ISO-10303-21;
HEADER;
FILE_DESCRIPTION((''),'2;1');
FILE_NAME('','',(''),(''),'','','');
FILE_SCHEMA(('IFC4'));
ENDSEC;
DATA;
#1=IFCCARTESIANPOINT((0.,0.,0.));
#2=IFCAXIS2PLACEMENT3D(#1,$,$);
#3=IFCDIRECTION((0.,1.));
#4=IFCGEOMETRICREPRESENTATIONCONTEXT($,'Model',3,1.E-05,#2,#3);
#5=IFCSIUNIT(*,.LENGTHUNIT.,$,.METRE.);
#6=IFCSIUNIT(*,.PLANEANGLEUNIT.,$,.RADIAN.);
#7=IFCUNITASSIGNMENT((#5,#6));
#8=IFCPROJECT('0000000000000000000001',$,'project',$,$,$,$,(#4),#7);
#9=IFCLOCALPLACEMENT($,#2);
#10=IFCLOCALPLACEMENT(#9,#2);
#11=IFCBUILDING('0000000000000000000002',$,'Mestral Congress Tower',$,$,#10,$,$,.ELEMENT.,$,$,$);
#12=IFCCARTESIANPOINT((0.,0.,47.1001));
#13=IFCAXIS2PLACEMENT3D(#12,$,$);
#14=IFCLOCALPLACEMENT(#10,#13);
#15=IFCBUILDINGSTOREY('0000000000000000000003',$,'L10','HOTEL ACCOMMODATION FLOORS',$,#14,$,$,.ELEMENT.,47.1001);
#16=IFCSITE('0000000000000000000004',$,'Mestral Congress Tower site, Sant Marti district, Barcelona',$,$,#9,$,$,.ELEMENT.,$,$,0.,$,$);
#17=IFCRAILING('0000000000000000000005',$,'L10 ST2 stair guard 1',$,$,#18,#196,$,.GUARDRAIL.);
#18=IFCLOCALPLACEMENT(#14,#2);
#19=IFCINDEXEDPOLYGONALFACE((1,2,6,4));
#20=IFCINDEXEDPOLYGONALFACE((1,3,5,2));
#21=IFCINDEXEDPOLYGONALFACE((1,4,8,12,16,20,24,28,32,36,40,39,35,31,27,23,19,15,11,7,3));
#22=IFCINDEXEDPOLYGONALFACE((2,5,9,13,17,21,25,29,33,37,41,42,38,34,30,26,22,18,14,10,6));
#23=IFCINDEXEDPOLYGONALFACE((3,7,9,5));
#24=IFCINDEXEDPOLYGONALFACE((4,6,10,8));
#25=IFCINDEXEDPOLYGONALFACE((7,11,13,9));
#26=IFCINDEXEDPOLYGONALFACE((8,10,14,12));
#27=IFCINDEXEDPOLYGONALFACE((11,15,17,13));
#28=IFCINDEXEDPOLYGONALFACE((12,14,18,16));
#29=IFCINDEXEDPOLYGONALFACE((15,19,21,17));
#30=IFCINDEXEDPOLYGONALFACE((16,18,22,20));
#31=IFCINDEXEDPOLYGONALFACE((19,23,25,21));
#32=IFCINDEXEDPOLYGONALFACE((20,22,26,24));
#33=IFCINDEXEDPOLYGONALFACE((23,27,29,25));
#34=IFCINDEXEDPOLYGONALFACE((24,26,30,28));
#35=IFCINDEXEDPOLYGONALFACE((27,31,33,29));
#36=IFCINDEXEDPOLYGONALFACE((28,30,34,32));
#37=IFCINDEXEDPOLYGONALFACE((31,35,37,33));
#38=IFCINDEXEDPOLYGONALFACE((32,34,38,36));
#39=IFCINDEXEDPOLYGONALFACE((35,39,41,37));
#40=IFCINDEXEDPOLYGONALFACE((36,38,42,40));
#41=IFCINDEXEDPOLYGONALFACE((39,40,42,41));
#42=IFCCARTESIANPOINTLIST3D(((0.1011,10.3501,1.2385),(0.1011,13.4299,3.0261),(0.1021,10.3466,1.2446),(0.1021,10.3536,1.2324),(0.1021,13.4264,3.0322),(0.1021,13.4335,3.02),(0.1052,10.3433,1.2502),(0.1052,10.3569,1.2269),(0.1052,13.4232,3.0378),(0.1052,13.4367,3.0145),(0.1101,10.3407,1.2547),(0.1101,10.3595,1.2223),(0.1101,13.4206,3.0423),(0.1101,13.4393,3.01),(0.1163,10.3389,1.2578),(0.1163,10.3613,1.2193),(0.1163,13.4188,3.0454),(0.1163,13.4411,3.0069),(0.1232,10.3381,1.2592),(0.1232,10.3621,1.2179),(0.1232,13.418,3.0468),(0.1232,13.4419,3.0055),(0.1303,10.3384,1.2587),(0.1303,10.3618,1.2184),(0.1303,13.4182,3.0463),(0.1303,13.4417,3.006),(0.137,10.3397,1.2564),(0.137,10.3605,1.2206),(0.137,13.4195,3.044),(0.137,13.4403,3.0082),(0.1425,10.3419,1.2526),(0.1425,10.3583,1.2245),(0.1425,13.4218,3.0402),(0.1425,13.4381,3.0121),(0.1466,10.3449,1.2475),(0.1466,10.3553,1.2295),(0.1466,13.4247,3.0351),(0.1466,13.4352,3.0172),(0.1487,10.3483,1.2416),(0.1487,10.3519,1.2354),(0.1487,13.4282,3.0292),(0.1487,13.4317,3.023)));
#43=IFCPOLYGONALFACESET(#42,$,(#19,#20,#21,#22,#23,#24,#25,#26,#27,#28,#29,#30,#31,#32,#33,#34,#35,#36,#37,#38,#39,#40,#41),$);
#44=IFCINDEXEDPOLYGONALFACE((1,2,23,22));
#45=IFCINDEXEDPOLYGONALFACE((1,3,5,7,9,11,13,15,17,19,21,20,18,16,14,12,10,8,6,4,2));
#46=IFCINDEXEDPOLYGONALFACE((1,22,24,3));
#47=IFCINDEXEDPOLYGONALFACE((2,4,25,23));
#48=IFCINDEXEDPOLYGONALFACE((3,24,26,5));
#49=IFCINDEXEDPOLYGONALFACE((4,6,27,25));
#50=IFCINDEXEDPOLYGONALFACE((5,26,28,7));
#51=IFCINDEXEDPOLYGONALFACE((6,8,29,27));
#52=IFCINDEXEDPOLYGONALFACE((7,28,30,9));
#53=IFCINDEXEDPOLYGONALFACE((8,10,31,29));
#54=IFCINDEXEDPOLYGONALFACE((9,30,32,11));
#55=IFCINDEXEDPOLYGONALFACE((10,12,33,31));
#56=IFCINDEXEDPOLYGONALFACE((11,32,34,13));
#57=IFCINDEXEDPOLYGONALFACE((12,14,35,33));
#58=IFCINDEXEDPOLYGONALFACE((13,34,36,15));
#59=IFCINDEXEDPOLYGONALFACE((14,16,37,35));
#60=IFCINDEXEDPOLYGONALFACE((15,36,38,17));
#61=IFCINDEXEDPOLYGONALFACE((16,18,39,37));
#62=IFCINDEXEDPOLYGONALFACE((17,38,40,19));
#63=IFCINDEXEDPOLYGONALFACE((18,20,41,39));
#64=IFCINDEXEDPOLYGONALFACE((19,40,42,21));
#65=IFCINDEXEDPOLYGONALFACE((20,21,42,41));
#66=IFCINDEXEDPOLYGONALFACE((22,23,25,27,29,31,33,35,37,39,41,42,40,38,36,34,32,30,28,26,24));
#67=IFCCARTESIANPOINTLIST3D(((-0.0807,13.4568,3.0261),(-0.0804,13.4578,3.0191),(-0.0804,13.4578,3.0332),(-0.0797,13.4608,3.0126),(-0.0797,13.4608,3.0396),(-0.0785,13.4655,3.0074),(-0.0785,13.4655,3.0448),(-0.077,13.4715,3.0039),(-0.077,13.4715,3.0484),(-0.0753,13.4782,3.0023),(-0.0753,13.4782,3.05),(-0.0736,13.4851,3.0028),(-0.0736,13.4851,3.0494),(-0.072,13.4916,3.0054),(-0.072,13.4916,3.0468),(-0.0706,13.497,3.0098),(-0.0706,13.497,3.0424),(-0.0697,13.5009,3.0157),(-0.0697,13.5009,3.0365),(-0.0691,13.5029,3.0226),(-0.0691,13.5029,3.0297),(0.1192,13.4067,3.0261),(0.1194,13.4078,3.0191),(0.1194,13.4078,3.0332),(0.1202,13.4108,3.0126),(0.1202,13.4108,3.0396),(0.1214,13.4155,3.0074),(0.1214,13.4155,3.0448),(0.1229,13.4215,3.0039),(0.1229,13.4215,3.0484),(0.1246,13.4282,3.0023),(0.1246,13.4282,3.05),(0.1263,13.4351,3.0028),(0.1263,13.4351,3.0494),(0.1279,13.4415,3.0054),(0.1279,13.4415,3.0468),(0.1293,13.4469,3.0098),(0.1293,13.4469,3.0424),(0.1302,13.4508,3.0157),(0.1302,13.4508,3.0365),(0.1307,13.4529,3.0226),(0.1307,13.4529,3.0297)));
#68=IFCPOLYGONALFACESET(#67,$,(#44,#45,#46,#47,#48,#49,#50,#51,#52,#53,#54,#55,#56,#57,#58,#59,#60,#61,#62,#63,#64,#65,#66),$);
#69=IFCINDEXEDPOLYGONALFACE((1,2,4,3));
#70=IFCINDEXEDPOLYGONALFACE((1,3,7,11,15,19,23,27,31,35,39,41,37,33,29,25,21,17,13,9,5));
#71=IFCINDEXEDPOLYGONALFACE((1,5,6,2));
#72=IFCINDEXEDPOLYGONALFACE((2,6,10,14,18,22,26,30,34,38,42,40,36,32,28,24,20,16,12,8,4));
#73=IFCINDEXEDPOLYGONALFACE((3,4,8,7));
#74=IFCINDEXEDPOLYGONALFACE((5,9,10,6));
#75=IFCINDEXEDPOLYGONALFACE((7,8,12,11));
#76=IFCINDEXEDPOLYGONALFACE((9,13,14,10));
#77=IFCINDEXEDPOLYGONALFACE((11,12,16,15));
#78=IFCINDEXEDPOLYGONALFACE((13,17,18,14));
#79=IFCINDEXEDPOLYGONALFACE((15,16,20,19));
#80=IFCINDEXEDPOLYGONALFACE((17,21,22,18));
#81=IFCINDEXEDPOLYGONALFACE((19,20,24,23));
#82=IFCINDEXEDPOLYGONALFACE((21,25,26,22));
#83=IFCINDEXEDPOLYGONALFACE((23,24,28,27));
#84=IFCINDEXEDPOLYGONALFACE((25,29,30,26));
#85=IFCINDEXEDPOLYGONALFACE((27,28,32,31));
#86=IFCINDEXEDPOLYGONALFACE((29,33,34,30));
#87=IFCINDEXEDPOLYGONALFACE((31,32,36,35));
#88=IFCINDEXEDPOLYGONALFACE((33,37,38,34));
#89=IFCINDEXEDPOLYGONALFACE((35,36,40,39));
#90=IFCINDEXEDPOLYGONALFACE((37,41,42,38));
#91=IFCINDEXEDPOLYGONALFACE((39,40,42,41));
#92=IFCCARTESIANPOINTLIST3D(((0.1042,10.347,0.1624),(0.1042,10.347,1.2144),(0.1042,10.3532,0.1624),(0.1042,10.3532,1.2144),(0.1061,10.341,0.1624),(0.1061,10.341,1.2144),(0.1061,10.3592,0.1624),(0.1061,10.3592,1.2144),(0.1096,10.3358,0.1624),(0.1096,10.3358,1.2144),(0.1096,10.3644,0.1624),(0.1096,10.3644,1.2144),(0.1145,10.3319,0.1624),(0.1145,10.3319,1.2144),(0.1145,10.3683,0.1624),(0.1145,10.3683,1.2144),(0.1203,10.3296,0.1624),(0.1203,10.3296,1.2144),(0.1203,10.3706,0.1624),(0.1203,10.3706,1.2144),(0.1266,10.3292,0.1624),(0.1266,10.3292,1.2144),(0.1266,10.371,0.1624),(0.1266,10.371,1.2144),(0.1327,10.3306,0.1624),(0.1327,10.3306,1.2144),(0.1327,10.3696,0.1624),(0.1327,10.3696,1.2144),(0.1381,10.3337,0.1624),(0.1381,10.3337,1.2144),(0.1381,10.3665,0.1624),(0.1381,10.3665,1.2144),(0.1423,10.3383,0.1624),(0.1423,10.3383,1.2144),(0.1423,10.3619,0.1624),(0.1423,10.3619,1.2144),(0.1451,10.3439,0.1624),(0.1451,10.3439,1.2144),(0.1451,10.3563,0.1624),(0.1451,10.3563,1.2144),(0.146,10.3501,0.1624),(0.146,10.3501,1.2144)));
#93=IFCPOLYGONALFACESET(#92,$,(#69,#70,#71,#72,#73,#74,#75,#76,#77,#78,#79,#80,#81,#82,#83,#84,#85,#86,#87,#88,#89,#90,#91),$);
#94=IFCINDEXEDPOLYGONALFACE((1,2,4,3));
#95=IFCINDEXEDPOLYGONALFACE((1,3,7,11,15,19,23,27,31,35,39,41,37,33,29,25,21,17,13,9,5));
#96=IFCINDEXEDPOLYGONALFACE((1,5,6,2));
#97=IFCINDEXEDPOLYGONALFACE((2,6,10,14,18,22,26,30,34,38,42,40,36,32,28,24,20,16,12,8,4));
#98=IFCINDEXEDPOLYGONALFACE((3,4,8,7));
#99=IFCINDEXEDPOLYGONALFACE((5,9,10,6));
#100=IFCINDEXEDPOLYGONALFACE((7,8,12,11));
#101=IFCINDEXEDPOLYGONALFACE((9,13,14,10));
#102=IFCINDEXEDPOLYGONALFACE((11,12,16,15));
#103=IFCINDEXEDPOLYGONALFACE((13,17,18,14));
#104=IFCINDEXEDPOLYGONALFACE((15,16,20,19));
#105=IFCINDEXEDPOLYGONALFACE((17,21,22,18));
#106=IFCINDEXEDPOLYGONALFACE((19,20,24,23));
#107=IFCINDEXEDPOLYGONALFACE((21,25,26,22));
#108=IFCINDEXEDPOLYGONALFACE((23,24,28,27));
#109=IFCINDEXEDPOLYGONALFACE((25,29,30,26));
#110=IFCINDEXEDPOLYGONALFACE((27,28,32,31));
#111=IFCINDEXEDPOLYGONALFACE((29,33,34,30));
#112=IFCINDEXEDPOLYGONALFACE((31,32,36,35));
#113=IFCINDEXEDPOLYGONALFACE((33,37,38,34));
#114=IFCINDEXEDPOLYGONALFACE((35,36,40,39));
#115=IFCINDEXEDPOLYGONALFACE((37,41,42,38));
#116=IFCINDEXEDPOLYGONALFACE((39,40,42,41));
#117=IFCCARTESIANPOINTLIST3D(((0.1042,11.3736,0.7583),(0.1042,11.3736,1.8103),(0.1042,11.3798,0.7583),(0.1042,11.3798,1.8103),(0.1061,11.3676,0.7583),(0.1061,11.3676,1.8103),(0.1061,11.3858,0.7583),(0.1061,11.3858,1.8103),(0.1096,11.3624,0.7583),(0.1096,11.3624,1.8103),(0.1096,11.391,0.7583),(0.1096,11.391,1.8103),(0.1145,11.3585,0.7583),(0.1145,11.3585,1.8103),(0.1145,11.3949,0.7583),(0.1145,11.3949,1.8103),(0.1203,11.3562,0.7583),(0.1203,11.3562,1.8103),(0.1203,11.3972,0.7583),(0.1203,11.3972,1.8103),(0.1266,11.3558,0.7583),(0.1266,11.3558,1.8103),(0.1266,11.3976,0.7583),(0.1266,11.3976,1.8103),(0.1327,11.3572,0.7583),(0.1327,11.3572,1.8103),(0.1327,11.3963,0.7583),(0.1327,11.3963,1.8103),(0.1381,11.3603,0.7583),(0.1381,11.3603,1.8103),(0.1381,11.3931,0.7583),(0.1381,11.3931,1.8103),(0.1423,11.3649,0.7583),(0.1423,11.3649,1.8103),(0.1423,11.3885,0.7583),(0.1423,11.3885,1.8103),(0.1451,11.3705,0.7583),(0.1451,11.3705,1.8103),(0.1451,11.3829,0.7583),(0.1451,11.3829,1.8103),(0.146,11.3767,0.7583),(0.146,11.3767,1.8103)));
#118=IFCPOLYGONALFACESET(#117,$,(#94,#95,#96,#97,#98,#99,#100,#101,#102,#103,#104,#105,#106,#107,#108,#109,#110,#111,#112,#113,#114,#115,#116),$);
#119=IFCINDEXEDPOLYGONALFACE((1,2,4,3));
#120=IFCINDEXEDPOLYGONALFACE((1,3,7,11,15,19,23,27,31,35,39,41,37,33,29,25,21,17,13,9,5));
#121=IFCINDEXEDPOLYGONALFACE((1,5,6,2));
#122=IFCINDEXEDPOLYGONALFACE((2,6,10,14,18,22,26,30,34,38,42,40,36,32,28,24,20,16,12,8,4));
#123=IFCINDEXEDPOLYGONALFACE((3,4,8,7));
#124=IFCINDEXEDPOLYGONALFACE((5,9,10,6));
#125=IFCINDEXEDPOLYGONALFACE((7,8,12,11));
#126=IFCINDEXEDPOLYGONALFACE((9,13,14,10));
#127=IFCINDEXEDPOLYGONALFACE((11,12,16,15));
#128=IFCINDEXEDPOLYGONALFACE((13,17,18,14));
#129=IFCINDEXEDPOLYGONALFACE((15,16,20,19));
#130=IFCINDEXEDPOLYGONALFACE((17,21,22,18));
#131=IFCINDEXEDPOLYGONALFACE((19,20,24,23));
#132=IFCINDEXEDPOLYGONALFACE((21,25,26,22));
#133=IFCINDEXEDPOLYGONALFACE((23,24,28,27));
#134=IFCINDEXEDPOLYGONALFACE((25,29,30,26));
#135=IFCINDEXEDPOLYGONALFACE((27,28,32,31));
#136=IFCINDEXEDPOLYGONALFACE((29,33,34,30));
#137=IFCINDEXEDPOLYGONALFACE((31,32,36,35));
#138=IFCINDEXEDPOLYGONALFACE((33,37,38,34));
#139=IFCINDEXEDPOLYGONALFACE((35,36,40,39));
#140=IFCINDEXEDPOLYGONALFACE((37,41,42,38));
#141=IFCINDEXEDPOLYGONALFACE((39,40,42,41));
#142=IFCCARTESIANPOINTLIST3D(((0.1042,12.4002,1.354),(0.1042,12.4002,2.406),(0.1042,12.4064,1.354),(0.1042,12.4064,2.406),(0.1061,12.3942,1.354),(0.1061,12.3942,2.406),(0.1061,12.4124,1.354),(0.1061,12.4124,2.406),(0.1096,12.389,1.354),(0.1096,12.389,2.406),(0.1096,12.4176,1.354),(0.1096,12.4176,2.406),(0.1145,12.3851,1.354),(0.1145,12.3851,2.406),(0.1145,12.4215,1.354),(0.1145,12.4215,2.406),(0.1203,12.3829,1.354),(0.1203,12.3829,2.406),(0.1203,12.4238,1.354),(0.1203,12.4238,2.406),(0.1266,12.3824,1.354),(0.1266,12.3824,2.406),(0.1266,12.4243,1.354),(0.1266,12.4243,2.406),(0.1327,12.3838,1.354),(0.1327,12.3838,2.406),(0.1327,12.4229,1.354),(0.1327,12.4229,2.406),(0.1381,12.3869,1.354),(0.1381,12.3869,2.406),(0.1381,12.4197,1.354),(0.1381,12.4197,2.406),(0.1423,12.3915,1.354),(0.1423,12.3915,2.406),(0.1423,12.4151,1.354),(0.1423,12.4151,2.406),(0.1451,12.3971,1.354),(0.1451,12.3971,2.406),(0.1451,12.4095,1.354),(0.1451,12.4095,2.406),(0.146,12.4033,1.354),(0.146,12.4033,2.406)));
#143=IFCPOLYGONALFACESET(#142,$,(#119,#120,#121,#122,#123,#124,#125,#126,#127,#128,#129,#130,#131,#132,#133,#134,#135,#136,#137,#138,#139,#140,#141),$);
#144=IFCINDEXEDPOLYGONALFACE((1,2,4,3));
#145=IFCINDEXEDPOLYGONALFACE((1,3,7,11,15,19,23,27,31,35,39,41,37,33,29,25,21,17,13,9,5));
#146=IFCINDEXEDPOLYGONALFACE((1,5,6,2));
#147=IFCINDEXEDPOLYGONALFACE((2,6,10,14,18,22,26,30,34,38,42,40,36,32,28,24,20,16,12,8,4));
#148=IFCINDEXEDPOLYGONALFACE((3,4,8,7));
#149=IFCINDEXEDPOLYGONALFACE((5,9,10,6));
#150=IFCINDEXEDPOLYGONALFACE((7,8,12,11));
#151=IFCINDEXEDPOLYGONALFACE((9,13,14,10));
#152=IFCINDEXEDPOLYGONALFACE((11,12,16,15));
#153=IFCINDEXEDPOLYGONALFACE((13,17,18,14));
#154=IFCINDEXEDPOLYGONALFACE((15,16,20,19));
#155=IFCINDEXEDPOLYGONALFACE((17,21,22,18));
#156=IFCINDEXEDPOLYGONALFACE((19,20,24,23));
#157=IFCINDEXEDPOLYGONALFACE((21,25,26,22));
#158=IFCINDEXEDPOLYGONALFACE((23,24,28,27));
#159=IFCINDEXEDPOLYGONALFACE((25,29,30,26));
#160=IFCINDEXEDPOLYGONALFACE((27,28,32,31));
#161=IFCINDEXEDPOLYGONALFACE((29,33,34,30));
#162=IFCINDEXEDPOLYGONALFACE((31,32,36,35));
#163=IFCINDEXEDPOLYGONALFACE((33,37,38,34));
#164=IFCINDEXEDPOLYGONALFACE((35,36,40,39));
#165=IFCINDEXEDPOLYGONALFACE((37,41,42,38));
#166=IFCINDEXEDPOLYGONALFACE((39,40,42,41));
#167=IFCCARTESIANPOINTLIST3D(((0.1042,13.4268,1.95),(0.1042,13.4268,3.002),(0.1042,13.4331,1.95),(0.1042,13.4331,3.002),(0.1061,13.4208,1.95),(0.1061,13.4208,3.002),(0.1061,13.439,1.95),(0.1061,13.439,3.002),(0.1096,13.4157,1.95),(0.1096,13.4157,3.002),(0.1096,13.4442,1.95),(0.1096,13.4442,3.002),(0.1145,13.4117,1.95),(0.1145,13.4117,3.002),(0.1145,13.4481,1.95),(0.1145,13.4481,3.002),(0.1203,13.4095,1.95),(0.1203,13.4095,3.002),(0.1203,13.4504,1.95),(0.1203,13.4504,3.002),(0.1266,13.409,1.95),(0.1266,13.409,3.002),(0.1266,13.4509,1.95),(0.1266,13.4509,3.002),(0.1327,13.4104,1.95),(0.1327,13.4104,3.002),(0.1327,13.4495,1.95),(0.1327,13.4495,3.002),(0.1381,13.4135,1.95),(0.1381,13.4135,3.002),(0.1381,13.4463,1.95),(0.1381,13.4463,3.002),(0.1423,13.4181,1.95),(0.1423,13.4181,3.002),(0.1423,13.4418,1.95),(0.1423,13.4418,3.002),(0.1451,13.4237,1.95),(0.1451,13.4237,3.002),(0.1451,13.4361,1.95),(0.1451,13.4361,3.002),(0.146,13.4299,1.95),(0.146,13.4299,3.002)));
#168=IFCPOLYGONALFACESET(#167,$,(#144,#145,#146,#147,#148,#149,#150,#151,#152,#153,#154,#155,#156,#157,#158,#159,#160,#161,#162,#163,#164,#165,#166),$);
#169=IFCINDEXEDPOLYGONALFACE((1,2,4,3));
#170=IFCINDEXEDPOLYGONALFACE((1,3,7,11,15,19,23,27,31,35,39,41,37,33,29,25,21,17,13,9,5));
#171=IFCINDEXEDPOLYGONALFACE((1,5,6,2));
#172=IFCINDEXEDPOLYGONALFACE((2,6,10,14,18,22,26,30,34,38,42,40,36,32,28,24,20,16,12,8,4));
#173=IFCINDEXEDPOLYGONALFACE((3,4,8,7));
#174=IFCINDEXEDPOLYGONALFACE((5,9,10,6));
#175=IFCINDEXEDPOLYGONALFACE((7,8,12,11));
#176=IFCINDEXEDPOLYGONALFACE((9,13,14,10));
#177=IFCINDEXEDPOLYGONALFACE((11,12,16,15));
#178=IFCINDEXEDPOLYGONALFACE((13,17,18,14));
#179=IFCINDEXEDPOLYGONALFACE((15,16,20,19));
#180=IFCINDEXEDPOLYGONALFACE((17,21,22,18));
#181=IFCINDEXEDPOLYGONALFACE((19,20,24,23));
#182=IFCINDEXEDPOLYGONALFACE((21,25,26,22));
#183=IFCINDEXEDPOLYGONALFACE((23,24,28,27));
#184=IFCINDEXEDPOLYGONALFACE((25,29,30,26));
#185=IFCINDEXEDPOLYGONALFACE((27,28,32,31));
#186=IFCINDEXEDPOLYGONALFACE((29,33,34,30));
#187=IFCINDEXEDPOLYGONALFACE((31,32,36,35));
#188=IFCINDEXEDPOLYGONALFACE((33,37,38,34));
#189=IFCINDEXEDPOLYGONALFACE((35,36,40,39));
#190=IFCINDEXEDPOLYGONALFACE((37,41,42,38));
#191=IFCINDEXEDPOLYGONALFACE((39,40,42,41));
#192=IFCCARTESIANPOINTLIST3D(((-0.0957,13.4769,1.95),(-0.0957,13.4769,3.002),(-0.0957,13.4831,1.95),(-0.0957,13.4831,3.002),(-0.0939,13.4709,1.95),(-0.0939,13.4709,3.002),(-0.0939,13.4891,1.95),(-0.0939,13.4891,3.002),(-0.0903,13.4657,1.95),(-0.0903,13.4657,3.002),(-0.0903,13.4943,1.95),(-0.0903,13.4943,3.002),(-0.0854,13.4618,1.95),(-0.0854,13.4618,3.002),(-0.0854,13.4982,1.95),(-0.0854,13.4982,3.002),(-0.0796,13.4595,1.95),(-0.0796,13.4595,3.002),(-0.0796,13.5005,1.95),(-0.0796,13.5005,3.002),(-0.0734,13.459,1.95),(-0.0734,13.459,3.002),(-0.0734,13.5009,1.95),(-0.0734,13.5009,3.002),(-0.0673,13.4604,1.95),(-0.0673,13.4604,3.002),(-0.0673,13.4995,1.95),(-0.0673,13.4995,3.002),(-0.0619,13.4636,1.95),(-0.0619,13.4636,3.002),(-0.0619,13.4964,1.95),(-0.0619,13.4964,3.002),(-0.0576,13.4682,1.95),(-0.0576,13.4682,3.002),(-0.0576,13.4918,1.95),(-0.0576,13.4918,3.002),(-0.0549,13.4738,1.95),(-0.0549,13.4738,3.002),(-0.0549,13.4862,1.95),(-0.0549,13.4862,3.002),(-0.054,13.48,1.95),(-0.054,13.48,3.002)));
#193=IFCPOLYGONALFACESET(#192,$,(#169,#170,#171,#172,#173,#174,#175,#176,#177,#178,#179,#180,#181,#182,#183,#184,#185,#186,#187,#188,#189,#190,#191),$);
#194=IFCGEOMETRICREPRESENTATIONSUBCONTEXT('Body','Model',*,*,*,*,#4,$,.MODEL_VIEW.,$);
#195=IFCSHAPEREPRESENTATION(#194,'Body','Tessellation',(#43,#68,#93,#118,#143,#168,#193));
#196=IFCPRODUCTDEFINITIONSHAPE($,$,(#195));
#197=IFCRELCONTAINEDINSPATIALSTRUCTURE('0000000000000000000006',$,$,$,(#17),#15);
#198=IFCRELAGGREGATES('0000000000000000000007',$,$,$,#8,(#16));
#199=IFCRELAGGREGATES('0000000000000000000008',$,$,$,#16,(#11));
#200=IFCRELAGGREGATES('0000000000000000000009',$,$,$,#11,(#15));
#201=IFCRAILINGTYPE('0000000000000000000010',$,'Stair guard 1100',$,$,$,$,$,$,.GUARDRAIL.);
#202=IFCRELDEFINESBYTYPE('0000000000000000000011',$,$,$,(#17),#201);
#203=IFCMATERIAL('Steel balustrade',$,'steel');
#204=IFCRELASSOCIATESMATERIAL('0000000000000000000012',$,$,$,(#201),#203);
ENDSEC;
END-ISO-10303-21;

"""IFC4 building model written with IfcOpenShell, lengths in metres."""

from ifc_helpers import new_model, si_unit, direction, frame, origin, origin_2d, place, context, subcontext, project, spatial, circle, extrude, material, type_object, element, save


model = new_model("IFC4")

# Units and contexts
model_context = context("Model", 3, precision=1e-05, world=origin(), true_north=direction((0.0, 1.0)))
body_context = subcontext(model_context, "Body", "Model", "MODEL_VIEW")
ifc_project = project(units=[si_unit("LENGTHUNIT", "METRE"), si_unit("PLANEANGLEUNIT", "RADIAN")], contexts=[model_context])

# Site, building, storey
site_placement = place(None, origin())
site = spatial("IfcSite", under=ifc_project, at=site_placement, Name="Mestral Congress Tower site, Sant Marti district, Barcelona", CompositionType="ELEMENT", RefElevation=0.0)
building_placement = place(site_placement, origin())
building = spatial("IfcBuilding", under=site, at=building_placement, Name="Mestral Congress Tower", CompositionType="ELEMENT")
storey_placement = place(building_placement, frame((0.0, 0.0, 47.1001)))
storey = spatial("IfcBuildingStorey", under=building, at=storey_placement, Name="L10", Description="HOTEL ACCOMMODATION FLOORS", CompositionType="ELEMENT", Elevation=47.1001)

# Railing
ifc_material_1 = material(Name="Steel balustrade", Category="steel")
railing_type_1 = type_object("IfcRailingType", Name="Stair guard 1100", PredefinedType="GUARDRAIL", material=ifc_material_1)
railing_1_placement = place(storey_placement, frame((0.125, 10.3501, 0.1624)))
element("IfcRailing", 1, at=railing_1_placement, inside=storey, type_object=railing_type_1, Name="L10 ST2 stair guard 1", PredefinedType="GUARDRAIL", context=body_context, shape_type="SweptSolid", body=[
    extrude(circle(Radius=0.0239, at=origin_2d()), frame((0.0, 0.0, 1.0762), z_axis=(0.0, 0.864873, 0.50199), x_axis=(-1.0, 0.0, 0.0)), (0.0, 0.0, 1.0), 3.561),
    extrude(circle(Radius=0.0239, at=origin_2d()), frame((0.0, 3.0798, 2.8638), z_axis=(-0.970073, 0.242814, 0.0), x_axis=(-0.242814, -0.970073, 0.0)), (0.0, 0.0, 1.0), 0.2061),
    extrude(circle(Radius=0.021, at=origin_2d()), origin(), (0.0, 0.0, 1.0), 1.052),
    extrude(circle(Radius=0.021, at=origin_2d()), frame((0.0, 1.0266, 0.5959)), (0.0, 0.0, 1.0), 1.052),
    extrude(circle(Radius=0.021, at=origin_2d()), frame((0.0, 2.0532, 1.1917)), (0.0, 0.0, 1.0), 1.052),
    extrude(circle(Radius=0.021, at=origin_2d()), frame((0.0, 3.0798, 1.7876)), (0.0, 0.0, 1.0), 1.052),
    extrude(circle(Radius=0.021, at=origin_2d()), frame((-0.2, 3.1299, 1.7876)), (0.0, 0.0, 1.0), 1.052),
])

save(model, "model.ifc")
